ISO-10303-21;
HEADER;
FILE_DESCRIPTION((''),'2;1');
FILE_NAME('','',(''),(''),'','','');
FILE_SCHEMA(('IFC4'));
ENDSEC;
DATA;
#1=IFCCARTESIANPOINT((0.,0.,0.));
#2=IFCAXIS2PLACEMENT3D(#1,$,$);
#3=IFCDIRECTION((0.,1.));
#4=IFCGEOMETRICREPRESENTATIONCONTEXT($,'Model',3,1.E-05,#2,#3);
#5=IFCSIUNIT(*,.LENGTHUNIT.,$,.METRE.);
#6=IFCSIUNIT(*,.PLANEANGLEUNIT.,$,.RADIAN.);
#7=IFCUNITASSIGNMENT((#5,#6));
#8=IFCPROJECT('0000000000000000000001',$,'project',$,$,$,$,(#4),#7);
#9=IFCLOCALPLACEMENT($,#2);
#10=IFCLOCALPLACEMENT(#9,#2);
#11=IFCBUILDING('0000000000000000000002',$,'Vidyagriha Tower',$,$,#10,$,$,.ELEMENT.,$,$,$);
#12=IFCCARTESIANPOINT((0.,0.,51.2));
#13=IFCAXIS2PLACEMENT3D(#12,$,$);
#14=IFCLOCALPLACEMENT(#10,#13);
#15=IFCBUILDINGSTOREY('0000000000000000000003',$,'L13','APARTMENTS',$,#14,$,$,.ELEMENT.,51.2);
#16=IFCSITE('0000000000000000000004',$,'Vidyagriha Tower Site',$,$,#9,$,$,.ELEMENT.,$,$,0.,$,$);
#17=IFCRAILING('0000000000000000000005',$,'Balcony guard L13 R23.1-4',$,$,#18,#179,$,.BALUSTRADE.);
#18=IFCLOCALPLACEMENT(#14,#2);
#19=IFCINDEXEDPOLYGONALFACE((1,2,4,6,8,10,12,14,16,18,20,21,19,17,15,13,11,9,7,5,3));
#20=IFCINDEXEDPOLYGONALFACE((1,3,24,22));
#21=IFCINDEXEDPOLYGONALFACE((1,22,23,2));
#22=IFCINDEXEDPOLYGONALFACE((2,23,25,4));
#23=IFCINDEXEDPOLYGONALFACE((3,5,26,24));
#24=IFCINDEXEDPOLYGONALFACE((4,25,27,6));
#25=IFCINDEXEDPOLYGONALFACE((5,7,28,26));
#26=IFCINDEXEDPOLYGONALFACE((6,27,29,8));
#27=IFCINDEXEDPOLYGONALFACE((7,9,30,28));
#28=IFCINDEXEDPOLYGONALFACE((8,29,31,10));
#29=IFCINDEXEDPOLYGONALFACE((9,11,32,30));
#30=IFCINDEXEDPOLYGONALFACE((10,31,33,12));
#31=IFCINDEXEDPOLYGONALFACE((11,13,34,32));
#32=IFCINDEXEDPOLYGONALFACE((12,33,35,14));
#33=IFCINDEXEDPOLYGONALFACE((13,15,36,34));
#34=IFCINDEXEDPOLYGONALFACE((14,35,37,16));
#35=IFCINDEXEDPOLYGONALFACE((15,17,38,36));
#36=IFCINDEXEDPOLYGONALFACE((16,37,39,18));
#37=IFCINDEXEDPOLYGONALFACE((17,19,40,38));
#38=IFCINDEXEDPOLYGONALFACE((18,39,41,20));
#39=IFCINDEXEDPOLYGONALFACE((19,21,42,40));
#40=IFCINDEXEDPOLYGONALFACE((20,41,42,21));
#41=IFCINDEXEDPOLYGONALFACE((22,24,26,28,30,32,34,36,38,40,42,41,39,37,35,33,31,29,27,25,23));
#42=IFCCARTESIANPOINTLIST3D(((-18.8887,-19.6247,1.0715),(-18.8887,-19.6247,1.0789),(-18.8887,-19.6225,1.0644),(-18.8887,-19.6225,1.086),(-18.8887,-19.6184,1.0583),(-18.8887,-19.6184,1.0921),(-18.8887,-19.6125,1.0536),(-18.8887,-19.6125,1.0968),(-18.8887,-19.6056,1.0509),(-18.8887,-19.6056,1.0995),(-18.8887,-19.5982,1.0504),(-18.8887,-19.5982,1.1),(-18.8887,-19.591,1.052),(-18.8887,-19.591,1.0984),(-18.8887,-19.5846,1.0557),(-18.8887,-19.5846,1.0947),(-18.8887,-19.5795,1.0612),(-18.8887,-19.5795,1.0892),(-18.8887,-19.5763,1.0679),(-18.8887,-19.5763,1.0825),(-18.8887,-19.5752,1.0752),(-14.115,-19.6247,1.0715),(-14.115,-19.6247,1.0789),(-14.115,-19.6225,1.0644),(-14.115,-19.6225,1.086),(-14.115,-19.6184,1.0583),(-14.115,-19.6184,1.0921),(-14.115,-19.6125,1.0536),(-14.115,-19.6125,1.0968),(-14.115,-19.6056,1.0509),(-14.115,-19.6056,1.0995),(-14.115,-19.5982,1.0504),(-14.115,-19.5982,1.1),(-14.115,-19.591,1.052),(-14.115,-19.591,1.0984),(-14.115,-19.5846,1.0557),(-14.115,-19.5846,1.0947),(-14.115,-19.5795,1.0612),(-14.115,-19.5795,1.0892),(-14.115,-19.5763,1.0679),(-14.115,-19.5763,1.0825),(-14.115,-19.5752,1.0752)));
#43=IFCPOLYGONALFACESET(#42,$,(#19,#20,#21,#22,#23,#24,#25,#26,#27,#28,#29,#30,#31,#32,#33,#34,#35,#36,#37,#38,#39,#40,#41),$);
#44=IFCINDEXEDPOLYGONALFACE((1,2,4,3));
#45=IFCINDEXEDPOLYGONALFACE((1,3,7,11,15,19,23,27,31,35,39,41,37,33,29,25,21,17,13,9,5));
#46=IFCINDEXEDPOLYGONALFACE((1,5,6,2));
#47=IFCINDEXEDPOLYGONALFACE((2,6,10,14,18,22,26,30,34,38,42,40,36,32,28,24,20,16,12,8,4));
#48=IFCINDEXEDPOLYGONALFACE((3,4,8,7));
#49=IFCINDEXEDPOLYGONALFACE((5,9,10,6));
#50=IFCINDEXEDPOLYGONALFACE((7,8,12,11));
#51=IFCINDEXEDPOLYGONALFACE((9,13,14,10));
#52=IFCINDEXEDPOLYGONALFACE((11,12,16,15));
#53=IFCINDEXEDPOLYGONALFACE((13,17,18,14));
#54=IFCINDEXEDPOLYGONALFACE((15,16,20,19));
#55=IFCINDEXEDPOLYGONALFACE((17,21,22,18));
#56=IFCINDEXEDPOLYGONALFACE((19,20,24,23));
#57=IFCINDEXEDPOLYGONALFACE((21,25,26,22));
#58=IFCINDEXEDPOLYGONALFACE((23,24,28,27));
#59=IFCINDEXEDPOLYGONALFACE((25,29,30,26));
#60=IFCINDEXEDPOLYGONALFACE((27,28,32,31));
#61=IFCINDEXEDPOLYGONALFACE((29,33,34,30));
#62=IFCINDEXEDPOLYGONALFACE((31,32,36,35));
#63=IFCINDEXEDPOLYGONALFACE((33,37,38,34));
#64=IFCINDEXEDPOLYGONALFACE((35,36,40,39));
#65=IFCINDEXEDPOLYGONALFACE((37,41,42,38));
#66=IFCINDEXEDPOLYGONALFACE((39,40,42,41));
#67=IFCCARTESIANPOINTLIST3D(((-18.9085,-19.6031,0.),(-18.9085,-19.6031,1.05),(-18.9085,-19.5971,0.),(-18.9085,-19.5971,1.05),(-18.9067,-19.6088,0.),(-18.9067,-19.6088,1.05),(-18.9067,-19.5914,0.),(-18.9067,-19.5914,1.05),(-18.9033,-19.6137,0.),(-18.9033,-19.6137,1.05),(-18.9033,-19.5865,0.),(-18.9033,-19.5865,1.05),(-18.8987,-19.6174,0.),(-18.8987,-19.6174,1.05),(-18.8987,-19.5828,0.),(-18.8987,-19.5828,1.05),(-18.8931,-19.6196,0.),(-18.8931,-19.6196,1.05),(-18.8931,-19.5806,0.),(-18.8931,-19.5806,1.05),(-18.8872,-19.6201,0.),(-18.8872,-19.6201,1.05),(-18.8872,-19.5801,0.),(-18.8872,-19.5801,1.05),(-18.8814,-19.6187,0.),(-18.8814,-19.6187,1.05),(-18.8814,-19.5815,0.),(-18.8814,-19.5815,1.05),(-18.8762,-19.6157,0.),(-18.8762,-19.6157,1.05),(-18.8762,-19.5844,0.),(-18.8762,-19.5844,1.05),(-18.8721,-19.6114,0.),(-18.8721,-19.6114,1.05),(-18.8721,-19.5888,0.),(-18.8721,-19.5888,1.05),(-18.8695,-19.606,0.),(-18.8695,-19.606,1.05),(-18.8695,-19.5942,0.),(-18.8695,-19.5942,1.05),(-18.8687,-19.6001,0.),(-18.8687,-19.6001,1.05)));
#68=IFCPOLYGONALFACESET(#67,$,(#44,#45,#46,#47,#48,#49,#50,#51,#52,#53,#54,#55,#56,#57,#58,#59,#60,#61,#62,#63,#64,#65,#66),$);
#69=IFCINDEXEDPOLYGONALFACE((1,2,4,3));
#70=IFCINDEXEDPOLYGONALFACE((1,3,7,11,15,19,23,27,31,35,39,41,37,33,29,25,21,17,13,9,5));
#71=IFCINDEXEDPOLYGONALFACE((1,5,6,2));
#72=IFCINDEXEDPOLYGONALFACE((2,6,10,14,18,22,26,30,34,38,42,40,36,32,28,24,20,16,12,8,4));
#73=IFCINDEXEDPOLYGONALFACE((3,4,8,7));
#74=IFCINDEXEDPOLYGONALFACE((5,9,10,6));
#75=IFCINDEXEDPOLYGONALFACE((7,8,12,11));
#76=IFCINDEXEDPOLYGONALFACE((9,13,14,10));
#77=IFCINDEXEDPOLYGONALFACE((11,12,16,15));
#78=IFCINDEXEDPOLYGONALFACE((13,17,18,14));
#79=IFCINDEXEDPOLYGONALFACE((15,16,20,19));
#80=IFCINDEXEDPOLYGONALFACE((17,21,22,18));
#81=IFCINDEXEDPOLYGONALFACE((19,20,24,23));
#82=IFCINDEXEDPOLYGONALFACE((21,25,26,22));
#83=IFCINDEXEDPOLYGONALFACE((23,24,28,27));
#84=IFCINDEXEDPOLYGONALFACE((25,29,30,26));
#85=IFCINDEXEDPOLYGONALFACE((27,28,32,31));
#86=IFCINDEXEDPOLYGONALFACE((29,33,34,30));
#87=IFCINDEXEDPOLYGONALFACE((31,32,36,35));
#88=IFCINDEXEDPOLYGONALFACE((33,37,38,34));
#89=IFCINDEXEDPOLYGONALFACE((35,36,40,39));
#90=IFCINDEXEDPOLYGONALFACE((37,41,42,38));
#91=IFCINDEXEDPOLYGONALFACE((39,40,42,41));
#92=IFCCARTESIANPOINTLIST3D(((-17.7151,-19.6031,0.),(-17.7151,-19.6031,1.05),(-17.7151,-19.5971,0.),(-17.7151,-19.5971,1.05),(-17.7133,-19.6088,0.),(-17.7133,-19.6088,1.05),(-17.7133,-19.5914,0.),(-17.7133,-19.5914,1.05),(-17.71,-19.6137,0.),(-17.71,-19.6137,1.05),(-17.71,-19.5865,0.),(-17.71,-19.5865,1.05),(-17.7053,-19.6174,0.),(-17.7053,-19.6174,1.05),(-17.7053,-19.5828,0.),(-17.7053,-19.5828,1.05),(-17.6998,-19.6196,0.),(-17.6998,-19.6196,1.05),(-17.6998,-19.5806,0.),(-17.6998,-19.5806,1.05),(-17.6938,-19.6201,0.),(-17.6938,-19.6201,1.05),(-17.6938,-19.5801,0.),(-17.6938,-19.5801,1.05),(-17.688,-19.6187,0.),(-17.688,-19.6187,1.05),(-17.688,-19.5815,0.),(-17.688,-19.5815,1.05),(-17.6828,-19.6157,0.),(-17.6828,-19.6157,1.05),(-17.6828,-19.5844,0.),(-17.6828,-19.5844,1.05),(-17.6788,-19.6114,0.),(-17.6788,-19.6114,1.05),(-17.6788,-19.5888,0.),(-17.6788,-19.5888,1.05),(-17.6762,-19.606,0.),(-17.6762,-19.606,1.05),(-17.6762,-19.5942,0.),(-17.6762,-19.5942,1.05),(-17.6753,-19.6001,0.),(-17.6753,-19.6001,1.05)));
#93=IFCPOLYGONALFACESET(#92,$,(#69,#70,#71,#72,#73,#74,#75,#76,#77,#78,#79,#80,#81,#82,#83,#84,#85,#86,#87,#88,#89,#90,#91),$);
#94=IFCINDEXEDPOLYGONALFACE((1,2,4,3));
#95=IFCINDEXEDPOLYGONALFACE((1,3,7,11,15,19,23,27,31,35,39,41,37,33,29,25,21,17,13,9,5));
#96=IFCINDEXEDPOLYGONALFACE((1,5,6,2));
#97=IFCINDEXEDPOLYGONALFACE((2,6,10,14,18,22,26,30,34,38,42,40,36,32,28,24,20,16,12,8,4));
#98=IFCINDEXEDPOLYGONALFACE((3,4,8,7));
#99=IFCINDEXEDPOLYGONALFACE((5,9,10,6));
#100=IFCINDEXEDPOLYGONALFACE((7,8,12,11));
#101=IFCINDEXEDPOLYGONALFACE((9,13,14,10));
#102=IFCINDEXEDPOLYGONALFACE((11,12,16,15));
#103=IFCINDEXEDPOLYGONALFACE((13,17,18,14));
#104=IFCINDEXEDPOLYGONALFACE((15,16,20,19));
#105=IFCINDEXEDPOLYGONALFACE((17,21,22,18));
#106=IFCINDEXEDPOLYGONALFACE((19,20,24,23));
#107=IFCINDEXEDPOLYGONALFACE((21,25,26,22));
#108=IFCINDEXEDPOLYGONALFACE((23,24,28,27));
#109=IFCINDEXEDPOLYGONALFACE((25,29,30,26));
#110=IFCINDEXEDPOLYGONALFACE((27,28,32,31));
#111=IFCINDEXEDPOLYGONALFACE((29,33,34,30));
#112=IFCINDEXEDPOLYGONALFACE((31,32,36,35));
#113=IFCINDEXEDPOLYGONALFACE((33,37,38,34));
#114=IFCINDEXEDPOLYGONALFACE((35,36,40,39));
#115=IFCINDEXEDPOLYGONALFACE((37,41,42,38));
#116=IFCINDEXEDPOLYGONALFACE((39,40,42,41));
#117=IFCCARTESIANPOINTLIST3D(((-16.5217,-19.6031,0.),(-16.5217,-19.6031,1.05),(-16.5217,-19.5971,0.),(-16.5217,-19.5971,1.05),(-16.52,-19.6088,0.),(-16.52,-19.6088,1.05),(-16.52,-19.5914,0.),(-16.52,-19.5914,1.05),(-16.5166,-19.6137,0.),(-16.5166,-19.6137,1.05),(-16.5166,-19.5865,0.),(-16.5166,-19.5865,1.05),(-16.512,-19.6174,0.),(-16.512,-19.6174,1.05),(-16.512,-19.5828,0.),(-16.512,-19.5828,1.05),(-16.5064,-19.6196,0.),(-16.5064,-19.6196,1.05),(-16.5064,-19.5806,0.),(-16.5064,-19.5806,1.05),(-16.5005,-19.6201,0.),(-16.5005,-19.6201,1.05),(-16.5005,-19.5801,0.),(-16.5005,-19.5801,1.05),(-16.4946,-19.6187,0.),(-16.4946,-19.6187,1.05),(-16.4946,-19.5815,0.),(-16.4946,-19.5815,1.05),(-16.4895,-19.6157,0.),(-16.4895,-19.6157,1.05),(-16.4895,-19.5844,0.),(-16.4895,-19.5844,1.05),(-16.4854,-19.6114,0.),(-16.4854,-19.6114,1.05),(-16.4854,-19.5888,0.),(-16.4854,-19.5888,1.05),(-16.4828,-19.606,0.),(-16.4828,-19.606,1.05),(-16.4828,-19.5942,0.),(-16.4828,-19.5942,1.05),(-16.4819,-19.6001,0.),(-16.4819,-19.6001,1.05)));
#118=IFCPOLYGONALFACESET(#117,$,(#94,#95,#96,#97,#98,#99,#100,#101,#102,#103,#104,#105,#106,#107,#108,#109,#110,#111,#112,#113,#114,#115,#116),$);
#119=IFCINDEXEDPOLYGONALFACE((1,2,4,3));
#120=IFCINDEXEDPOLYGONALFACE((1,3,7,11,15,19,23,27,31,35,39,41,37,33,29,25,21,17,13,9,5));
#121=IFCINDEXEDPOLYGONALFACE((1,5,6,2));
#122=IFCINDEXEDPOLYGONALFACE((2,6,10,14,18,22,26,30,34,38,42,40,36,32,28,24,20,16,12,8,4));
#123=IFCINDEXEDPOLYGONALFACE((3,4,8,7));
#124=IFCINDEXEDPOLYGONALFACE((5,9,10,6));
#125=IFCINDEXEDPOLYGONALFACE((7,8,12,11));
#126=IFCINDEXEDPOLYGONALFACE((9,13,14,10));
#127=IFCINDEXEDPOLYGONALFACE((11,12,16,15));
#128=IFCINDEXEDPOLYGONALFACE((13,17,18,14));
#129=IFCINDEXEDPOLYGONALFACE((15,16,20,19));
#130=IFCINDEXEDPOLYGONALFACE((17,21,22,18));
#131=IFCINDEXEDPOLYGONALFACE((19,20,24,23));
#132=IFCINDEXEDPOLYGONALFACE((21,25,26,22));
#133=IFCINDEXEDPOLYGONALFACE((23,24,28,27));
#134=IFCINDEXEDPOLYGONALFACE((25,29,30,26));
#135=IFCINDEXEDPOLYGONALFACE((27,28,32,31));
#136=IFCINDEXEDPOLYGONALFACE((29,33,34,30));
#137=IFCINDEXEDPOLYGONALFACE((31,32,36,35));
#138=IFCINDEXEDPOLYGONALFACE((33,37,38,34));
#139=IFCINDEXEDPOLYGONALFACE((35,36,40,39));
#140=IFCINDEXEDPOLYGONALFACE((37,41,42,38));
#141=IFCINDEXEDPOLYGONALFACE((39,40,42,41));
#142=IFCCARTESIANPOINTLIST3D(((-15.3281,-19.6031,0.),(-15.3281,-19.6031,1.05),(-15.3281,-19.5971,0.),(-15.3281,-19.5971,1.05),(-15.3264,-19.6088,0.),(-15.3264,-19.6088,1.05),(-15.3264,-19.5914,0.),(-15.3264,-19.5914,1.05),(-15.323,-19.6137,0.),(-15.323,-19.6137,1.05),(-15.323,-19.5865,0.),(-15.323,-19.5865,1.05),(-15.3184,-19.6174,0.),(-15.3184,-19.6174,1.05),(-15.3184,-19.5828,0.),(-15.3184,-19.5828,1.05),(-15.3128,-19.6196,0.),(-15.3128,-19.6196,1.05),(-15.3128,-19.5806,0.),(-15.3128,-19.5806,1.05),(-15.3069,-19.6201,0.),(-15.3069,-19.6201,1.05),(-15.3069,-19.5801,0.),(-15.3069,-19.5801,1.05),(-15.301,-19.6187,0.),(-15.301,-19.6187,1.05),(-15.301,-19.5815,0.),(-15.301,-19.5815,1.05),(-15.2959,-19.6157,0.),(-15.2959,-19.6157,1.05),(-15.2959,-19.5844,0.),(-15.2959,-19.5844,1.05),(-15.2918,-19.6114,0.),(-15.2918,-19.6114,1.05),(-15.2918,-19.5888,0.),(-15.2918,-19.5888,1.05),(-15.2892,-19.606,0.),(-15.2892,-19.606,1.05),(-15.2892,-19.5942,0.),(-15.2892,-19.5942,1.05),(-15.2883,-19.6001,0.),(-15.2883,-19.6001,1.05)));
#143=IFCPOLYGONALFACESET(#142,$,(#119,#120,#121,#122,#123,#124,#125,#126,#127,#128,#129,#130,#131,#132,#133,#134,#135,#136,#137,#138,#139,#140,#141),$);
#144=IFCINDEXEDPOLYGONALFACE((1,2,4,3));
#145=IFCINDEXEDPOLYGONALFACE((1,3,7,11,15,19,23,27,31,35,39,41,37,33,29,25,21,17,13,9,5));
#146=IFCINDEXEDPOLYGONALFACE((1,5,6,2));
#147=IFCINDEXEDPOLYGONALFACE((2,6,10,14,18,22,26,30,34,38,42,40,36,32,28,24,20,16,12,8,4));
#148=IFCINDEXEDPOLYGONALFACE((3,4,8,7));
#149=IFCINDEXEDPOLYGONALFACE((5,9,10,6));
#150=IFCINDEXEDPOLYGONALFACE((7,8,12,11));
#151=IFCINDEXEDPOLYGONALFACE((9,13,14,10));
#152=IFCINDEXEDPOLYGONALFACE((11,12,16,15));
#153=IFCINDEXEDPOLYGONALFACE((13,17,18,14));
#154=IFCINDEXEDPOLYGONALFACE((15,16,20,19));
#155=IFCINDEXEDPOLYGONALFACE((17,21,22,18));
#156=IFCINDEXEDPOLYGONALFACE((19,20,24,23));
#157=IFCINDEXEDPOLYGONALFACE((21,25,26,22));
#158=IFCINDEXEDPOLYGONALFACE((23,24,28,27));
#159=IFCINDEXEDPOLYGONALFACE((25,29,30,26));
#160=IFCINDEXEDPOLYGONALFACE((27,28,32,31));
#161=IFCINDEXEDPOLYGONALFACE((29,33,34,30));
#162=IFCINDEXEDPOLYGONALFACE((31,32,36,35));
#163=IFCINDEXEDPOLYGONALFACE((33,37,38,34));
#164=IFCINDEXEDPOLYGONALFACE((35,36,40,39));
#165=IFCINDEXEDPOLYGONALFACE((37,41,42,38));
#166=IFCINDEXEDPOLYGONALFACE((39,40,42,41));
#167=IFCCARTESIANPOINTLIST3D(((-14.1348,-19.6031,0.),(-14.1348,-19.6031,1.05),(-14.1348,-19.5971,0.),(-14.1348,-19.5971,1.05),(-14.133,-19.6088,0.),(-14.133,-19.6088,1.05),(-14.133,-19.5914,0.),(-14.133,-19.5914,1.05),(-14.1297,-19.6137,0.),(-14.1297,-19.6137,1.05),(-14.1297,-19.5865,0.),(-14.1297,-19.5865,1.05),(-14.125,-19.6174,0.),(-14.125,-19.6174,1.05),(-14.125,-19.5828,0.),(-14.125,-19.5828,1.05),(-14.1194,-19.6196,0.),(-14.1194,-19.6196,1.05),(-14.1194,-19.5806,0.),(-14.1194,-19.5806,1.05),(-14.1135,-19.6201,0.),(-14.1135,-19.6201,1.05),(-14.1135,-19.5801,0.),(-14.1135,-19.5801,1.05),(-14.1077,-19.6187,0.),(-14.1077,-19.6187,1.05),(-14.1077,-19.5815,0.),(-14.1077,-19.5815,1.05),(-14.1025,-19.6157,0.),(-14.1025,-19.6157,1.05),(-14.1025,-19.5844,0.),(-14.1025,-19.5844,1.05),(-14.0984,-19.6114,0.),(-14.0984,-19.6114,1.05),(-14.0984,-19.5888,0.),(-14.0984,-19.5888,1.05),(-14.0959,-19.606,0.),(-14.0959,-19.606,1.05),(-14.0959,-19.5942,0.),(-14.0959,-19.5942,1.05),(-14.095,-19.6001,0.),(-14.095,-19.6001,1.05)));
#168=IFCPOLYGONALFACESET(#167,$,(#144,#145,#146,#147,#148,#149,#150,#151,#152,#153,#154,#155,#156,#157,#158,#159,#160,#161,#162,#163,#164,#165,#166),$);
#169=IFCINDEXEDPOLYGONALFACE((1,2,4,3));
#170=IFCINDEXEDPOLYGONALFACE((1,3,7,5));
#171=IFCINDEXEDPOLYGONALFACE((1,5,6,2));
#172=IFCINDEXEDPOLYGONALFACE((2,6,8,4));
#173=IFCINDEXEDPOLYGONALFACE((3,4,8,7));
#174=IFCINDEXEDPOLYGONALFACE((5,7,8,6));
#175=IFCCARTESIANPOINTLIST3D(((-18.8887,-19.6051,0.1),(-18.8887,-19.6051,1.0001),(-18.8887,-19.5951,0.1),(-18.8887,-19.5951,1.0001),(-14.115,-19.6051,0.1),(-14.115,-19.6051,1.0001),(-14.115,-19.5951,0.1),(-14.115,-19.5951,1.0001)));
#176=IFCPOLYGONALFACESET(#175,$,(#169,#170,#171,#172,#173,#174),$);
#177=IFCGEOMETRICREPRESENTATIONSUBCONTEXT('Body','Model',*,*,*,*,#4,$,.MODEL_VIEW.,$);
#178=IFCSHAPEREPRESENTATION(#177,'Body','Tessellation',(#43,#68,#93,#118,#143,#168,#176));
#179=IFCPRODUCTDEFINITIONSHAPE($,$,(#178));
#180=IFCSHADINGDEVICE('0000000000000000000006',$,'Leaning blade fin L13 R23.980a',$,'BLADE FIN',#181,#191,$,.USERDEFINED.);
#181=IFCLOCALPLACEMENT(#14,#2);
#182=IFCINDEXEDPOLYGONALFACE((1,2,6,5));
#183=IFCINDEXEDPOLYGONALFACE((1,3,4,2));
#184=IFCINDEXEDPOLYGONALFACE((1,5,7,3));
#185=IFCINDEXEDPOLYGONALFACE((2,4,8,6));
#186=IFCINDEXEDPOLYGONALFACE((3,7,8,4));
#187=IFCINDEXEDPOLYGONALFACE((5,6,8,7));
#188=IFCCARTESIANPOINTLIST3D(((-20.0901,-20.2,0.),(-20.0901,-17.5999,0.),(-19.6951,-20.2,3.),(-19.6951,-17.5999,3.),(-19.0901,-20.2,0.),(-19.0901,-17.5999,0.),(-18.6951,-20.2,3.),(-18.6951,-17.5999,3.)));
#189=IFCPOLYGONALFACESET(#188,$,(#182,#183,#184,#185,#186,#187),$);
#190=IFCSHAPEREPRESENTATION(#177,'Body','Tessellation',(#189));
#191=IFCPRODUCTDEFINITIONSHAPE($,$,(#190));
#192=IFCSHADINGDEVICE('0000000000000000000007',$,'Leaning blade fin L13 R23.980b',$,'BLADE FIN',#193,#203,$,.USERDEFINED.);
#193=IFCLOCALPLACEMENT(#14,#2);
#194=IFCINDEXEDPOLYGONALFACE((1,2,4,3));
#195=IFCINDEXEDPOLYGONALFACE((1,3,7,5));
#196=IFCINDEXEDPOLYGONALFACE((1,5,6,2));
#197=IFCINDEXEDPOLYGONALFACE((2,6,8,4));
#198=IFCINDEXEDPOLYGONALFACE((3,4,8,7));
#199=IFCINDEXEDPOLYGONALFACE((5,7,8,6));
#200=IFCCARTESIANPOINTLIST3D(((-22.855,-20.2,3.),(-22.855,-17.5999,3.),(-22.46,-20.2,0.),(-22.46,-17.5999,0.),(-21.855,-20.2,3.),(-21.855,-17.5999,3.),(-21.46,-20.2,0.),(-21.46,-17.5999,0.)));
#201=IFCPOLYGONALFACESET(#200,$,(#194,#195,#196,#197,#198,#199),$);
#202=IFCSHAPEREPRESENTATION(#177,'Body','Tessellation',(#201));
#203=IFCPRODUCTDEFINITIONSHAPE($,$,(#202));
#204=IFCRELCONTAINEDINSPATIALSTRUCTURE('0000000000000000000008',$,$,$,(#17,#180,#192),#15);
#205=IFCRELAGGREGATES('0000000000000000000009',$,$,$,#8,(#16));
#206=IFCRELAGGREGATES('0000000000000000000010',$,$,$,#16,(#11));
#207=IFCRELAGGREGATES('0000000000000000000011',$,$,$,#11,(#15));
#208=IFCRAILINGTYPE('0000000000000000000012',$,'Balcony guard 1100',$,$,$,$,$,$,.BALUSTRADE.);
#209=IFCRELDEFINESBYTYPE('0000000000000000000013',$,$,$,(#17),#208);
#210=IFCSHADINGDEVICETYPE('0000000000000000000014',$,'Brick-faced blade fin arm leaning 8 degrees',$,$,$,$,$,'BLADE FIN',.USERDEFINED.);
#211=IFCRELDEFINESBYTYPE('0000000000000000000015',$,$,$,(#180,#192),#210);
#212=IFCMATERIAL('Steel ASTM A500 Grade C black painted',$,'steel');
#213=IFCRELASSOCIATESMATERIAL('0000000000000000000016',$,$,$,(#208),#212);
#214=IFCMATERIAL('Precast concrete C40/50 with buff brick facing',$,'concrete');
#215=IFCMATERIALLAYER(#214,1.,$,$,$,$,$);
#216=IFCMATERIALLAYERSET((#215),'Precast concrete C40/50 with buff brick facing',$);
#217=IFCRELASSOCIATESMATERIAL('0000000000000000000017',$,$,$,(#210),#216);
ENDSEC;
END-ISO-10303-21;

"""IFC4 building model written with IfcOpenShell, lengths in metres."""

from ifc_helpers import new_model, si_unit, direction, frame, origin, origin_2d, place, context, subcontext, project, spatial, polyline, rectangle, circle, outline, extrude, material, layer, layer_set, type_object, element, save


model = new_model("IFC4")

# Units and contexts
model_context = context("Model", 3, precision=1e-05, world=origin(), true_north=direction((0.0, 1.0)))
body_context = subcontext(model_context, "Body", "Model", "MODEL_VIEW")
ifc_project = project(units=[si_unit("LENGTHUNIT", "METRE"), si_unit("PLANEANGLEUNIT", "RADIAN")], contexts=[model_context])

# Site, building, storey
site_placement = place(None, origin())
site = spatial("IfcSite", under=ifc_project, at=site_placement, Name="Vidyagriha Tower Site", CompositionType="ELEMENT", RefElevation=0.0)
building_placement = place(site_placement, origin())
building = spatial("IfcBuilding", under=site, at=building_placement, Name="Vidyagriha Tower", CompositionType="ELEMENT")
storey_placement = place(building_placement, frame((0.0, 0.0, 51.2)))
storey = spatial("IfcBuildingStorey", under=building, at=storey_placement, Name="L13", Description="APARTMENTS", CompositionType="ELEMENT", Elevation=51.2)

# Railing
ifc_material_1 = material(Name="Steel ASTM A500 Grade C black painted", Category="steel")
railing_type = type_object("IfcRailingType", Name="Balcony guard 1100", PredefinedType="BALUSTRADE", material=ifc_material_1)
railing_1_placement = place(storey_placement, frame((-18.8887, -19.6001, 0.0)))
element("IfcRailing", 1, at=railing_1_placement, inside=storey, type_object=railing_type, Name="Balcony guard L13 R23.1-4", PredefinedType="BALUSTRADE", context=body_context, shape_type="SweptSolid", body=[
    extrude(circle(Radius=0.0249, at=origin_2d()), frame((0.0, 0.0, 1.0752), z_axis=(1.0, 0.0, 0.0), x_axis=(0.0, 1.0, 0.0)), (0.0, 0.0, 1.0), 4.7737),
    extrude(circle(Radius=0.02, at=origin_2d()), origin(), (0.0, 0.0, 1.0), 1.05),
    extrude(circle(Radius=0.02, at=origin_2d()), frame((1.1934, 0.0, 0.0)), (0.0, 0.0, 1.0), 1.05),
    extrude(circle(Radius=0.02, at=origin_2d()), frame((2.3867, 0.0, 0.0)), (0.0, 0.0, 1.0), 1.05),
    extrude(circle(Radius=0.02, at=origin_2d()), frame((3.5803, 0.0, 0.0)), (0.0, 0.0, 1.0), 1.05),
    extrude(circle(Radius=0.02, at=origin_2d()), frame((4.7737, 0.0, 0.0)), (0.0, 0.0, 1.0), 1.05),
    extrude(rectangle(XDim=0.01, YDim=0.9001, at=origin_2d()), frame((0.0, 0.0, 0.55), z_axis=(1.0, 0.0, 0.0), x_axis=(0.0, 1.0, 0.0)), (0.0, 0.0, 1.0), 4.7737),
])

# Shading devices
ifc_material_2 = material(Name="Precast concrete C40/50 with buff brick facing", Category="concrete")
ifc_layer_1 = layer(ifc_material_2, 1.0)
ifc_layer_set_1 = layer_set([ifc_layer_1], Name="Precast concrete C40/50 with buff brick facing")
shading_device_type_1 = type_object("IfcShadingDeviceType", Name="Brick-faced blade fin arm leaning 8 degrees", ElementType="BLADE FIN", PredefinedType="USERDEFINED", material=ifc_layer_set_1)
shading_device_1_placement = place(storey_placement, frame((-20.0901, -18.8999, 0.0)))
element("IfcShadingDevice", 2, at=shading_device_1_placement, inside=storey, type_object=shading_device_type_1, Name="Leaning blade fin L13 R23.980a", ObjectType="BLADE FIN", PredefinedType="USERDEFINED", context=body_context, shape_type="SweptSolid", body=[
    extrude(outline(polyline([(0.0, 0.0), (1.0, 0.0), (1.395, 3.0), (0.395, 3.0), (0.0, 0.0)])), frame((0.0, 1.3, 0.0), z_axis=(0.0, -1.0, 0.0), x_axis=(1.0, 0.0, 0.0)), (0.0, 0.0, 1.0), 2.6001),
])
shading_device_2_placement = place(storey_placement, frame((-22.855, -18.8999, 0.0)))
element("IfcShadingDevice", 3, at=shading_device_2_placement, inside=storey, type_object=shading_device_type_1, Name="Leaning blade fin L13 R23.980b", ObjectType="BLADE FIN", PredefinedType="USERDEFINED", context=body_context, shape_type="SweptSolid", body=[
    extrude(outline(polyline([(0.395, 0.0), (1.395, 0.0), (1.0, 3.0), (0.0, 3.0), (0.395, 0.0)])), frame((0.0, 1.3, 0.0), z_axis=(0.0, -1.0, 0.0), x_axis=(1.0, 0.0, 0.0)), (0.0, 0.0, 1.0), 2.6001),
])

save(model, "model.ifc")
